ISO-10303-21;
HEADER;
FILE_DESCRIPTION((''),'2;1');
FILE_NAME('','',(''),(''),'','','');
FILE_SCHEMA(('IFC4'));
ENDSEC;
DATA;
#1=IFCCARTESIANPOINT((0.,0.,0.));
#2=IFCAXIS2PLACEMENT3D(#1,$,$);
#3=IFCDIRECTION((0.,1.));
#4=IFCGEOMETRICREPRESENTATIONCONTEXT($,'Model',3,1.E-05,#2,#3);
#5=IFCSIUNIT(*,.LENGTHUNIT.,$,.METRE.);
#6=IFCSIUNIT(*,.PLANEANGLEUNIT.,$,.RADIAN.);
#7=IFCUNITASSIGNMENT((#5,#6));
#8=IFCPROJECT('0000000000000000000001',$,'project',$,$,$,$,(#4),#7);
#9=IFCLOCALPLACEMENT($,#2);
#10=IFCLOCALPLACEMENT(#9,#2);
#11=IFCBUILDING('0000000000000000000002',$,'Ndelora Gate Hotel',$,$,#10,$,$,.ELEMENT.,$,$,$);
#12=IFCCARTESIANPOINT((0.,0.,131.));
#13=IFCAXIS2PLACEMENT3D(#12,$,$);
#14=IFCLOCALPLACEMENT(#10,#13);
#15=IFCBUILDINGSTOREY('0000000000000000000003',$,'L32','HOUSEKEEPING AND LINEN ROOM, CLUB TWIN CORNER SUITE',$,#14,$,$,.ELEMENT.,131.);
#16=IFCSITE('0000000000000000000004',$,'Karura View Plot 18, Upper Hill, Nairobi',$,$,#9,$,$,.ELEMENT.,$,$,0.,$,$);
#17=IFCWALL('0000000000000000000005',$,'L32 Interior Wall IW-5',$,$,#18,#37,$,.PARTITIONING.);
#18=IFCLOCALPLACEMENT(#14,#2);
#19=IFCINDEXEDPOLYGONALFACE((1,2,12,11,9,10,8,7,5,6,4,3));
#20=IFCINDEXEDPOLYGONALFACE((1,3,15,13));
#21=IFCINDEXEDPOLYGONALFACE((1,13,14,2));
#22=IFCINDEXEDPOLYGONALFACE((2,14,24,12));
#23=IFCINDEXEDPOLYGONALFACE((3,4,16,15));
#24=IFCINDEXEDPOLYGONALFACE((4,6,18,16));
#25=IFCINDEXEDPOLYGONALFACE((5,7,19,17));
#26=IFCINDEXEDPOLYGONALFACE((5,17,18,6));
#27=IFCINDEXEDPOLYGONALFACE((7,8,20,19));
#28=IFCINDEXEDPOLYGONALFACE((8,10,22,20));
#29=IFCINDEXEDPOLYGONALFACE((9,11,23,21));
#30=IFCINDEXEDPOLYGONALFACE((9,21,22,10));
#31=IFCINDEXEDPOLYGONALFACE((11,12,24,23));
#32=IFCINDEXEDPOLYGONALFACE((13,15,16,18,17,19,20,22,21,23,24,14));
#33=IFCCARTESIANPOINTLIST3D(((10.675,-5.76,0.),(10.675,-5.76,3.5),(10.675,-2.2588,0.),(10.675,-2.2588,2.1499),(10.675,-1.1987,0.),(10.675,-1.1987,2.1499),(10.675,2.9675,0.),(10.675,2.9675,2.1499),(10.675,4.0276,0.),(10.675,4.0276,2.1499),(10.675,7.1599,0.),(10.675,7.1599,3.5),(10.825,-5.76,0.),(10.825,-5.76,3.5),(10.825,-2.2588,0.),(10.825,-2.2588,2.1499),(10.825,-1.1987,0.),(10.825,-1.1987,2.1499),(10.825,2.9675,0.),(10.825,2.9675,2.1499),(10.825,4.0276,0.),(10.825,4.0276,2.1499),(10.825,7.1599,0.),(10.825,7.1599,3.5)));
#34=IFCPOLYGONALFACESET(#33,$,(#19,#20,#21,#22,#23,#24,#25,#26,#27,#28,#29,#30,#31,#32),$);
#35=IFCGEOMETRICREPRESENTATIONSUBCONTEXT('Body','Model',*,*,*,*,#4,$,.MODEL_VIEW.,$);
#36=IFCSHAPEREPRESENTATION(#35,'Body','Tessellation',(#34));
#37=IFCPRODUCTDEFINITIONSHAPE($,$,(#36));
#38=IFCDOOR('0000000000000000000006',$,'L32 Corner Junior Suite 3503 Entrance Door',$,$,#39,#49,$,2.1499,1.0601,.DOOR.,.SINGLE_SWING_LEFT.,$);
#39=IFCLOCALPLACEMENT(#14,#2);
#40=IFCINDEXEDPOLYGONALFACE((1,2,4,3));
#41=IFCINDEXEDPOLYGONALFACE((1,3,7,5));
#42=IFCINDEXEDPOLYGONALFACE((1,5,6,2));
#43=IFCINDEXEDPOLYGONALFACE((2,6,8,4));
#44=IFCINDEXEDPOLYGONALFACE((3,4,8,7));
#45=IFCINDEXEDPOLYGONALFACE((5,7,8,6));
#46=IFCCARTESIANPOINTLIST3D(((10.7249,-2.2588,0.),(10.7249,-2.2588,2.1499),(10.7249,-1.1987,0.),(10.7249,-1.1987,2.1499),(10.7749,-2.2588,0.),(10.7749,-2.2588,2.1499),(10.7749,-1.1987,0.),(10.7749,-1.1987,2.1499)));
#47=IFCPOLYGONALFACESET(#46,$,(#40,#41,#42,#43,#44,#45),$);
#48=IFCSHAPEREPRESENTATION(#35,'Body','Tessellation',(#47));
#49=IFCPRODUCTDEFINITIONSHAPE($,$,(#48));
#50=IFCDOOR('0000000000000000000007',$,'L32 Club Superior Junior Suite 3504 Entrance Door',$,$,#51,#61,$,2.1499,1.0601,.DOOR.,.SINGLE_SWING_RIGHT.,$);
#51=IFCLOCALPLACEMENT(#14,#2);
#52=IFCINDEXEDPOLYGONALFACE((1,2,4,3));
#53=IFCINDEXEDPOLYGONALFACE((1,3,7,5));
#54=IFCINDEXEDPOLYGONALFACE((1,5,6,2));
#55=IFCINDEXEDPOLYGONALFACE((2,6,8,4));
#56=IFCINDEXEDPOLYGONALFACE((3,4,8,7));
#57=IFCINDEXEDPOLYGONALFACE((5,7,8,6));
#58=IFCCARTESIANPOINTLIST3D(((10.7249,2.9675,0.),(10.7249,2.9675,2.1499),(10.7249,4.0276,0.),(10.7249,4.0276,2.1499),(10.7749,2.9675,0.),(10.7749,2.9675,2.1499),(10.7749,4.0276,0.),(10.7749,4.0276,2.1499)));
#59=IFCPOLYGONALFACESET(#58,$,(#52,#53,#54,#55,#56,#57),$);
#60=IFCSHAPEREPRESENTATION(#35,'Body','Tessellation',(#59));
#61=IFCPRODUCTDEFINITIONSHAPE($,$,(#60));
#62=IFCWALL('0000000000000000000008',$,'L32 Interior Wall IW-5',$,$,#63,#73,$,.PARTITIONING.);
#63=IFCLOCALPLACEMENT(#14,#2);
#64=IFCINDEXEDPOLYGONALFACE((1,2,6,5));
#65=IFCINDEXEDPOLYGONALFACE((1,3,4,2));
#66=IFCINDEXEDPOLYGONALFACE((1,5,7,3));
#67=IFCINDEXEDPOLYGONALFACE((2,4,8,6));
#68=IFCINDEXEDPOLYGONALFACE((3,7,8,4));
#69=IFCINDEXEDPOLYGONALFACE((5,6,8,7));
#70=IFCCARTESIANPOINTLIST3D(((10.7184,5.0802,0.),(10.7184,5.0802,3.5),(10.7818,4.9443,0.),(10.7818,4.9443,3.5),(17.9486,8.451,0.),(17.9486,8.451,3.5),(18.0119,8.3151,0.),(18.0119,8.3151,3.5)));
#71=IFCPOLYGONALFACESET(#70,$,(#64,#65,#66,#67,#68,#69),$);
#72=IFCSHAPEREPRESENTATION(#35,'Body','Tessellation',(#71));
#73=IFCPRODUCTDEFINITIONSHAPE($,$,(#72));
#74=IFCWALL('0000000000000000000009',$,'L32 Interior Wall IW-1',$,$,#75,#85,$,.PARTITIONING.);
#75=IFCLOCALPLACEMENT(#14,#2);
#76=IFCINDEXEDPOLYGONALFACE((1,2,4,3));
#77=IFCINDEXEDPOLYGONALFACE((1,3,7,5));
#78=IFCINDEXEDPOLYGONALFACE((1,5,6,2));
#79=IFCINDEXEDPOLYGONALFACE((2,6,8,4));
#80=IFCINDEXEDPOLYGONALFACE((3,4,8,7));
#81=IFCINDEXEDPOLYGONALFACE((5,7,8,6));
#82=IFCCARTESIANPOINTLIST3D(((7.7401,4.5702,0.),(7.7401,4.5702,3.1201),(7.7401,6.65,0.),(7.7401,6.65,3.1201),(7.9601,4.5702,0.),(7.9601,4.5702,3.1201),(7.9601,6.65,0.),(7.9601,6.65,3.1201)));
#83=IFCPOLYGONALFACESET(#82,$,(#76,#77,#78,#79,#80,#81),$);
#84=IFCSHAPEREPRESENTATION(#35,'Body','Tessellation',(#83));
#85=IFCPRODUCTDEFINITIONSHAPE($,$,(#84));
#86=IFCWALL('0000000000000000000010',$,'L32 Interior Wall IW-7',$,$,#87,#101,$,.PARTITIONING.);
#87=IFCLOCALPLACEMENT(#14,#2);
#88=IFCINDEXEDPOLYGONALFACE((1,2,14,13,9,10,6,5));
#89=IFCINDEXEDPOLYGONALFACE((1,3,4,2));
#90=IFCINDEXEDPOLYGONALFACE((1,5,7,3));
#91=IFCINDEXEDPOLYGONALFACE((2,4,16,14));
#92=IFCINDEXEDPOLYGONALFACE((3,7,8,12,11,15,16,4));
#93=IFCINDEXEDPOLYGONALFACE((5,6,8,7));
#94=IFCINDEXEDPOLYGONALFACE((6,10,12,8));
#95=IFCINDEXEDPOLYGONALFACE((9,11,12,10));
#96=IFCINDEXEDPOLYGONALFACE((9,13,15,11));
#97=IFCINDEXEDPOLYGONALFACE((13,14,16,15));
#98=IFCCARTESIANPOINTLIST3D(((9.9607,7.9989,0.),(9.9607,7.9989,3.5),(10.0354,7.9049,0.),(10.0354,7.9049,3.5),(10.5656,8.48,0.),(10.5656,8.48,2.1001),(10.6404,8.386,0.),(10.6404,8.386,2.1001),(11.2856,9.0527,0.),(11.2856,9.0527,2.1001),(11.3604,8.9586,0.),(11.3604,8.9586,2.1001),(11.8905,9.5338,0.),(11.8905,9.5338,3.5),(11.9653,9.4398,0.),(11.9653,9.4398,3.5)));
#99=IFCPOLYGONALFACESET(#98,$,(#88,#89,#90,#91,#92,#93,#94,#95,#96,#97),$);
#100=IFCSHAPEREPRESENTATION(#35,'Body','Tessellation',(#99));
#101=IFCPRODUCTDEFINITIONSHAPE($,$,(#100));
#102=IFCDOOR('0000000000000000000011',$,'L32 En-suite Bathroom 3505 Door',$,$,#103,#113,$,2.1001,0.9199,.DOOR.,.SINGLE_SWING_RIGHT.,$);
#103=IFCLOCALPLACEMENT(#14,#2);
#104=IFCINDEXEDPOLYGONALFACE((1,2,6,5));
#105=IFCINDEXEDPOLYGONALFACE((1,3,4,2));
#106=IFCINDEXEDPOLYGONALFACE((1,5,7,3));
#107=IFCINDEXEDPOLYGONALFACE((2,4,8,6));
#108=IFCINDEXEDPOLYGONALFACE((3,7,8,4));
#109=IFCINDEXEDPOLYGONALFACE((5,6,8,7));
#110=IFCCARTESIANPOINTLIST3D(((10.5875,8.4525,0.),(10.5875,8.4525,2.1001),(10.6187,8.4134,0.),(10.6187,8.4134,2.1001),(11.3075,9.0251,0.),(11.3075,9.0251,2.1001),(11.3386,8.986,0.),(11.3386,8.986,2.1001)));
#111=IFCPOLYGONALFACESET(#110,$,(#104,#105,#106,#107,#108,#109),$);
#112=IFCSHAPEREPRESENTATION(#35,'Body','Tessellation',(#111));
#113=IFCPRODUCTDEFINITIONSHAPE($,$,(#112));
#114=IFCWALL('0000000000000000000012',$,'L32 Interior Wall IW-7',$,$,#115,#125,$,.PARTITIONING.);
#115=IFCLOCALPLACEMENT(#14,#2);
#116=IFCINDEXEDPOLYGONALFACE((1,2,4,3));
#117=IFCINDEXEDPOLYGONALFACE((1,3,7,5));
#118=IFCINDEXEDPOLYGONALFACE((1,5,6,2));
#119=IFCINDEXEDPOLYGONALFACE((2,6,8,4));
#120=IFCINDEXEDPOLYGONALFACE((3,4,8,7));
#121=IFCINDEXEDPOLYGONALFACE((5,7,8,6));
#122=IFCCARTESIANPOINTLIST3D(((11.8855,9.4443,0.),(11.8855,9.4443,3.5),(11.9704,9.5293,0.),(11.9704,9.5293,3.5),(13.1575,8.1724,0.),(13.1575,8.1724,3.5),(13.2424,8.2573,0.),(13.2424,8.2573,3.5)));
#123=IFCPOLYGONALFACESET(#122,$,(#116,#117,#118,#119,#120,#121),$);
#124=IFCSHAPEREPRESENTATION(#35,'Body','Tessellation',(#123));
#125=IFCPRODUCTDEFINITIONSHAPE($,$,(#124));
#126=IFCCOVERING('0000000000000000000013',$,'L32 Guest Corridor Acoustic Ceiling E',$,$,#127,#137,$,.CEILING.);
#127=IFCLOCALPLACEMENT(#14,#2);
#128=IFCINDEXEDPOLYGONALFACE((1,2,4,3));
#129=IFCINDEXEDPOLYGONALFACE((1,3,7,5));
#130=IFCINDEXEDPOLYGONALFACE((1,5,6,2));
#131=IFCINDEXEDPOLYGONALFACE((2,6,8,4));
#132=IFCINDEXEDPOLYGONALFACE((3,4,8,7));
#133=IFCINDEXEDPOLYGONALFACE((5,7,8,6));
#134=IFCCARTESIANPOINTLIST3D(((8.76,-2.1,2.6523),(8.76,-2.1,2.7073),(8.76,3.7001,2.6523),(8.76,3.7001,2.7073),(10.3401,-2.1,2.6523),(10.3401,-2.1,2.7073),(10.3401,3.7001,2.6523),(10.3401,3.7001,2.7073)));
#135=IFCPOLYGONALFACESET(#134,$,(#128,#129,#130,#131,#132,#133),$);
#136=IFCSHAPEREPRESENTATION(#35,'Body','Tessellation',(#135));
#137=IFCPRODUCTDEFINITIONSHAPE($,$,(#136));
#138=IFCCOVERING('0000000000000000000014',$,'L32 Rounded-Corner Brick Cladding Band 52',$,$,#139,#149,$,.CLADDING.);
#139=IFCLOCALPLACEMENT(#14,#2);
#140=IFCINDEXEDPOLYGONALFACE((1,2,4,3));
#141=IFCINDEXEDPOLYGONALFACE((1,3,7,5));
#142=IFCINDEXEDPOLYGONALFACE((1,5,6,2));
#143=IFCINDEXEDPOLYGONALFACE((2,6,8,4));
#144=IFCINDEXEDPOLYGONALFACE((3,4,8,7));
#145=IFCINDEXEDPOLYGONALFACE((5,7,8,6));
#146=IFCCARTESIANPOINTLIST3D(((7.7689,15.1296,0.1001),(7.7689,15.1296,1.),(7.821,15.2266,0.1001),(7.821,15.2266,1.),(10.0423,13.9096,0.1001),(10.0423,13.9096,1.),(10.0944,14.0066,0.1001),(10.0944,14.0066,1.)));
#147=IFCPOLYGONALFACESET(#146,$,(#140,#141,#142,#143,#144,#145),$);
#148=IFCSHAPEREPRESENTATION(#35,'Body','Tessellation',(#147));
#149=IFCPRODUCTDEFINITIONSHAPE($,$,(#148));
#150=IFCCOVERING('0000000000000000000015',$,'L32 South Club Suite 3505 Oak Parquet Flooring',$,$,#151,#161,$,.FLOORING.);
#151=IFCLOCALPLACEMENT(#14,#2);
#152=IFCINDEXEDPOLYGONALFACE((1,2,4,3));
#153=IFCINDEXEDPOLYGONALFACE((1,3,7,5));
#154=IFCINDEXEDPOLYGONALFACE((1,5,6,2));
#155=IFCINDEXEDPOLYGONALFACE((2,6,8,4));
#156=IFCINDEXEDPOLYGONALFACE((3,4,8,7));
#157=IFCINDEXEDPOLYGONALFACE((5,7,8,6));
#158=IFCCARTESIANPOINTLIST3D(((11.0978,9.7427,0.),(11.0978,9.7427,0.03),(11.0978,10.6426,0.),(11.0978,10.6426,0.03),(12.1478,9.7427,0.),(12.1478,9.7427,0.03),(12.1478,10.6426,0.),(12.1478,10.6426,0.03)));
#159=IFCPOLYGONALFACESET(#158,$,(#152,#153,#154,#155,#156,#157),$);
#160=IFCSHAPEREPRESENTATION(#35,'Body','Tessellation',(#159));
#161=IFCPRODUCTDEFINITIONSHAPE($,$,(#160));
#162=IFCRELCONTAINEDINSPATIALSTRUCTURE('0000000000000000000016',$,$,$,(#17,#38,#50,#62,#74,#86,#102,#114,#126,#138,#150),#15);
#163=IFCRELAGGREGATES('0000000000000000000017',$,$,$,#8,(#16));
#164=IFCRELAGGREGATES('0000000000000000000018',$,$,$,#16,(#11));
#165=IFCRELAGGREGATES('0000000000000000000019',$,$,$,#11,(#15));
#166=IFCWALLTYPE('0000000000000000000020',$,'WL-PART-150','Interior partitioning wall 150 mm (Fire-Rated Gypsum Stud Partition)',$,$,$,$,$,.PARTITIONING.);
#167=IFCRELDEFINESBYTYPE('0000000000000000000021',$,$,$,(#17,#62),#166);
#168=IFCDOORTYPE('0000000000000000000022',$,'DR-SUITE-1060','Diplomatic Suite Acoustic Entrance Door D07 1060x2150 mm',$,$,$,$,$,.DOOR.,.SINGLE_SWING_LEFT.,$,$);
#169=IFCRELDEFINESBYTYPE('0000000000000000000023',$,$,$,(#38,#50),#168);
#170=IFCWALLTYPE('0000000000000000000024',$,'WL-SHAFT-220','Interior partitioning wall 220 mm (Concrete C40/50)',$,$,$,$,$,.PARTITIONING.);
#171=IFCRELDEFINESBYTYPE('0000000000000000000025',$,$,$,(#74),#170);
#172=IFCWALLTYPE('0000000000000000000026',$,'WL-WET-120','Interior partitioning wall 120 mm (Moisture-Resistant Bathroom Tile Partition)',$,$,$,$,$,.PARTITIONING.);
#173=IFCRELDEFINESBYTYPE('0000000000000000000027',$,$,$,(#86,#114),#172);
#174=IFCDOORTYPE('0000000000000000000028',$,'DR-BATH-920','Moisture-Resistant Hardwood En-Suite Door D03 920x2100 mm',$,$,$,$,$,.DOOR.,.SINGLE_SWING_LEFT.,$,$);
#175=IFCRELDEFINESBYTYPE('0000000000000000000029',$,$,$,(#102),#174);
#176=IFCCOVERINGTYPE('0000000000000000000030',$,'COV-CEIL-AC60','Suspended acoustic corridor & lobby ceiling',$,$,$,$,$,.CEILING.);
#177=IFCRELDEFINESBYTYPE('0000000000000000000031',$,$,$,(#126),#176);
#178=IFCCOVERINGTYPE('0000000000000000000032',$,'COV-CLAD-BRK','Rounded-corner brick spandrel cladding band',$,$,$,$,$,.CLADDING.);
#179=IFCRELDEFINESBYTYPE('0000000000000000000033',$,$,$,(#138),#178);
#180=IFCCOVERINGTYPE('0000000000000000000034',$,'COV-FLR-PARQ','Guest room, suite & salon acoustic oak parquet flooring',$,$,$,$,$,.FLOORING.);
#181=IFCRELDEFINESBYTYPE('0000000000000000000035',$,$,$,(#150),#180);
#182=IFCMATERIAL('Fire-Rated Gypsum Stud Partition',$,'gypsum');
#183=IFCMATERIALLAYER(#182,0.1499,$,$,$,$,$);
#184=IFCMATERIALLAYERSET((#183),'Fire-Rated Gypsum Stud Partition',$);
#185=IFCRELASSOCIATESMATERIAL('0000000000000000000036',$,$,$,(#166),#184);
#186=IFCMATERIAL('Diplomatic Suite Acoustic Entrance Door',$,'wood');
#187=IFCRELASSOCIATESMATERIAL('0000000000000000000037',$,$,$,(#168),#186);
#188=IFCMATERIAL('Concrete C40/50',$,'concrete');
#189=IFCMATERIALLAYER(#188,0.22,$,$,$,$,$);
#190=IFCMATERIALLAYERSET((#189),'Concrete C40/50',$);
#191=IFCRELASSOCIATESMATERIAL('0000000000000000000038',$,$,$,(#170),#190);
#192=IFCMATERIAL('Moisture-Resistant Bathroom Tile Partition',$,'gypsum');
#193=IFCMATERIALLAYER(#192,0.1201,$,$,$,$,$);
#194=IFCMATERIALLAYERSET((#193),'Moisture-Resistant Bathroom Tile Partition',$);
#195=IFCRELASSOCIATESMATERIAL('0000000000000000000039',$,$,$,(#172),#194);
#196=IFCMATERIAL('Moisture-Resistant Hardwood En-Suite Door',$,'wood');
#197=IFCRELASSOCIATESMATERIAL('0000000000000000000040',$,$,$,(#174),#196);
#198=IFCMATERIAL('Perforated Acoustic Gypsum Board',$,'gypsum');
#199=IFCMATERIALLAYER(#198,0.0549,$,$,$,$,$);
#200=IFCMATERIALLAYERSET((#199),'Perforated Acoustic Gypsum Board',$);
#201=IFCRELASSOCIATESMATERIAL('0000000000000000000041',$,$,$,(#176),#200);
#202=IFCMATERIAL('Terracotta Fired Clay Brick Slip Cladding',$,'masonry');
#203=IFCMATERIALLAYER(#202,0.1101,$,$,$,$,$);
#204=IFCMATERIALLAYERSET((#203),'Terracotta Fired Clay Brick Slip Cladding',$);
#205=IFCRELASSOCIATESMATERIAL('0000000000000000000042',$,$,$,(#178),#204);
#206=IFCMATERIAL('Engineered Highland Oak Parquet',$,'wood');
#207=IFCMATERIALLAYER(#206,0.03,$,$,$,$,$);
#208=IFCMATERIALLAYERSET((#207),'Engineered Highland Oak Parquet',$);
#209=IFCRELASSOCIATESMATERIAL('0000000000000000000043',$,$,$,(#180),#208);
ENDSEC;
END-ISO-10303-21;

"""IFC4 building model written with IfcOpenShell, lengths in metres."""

from ifc_helpers import new_model, si_unit, direction, frame, frame_2d, origin, origin_2d, place, context, subcontext, project, spatial, rectangle, extrude, material, layer, layer_set, type_object, element, fill, save


model = new_model("IFC4")

# Units and contexts
model_context = context("Model", 3, precision=1e-05, world=origin(), true_north=direction((0.0, 1.0)))
body_context = subcontext(model_context, "Body", "Model", "MODEL_VIEW")
ifc_project = project(units=[si_unit("LENGTHUNIT", "METRE"), si_unit("PLANEANGLEUNIT", "RADIAN")], contexts=[model_context])

# Site, building, storey
site_placement = place(None, origin())
site = spatial("IfcSite", under=ifc_project, at=site_placement, Name="Karura View Plot 18, Upper Hill, Nairobi", CompositionType="ELEMENT", RefElevation=0.0)
building_placement = place(site_placement, origin())
building = spatial("IfcBuilding", under=site, at=building_placement, Name="Ndelora Gate Hotel", CompositionType="ELEMENT")
storey_placement = place(building_placement, frame((0.0, 0.0, 131.0)))
storey = spatial("IfcBuildingStorey", under=building, at=storey_placement, Name="L32", Description="HOUSEKEEPING AND LINEN ROOM, CLUB TWIN CORNER SUITE", CompositionType="ELEMENT", Elevation=131.0)

# Shared definitions
ifc_material_1 = material(Name="Concrete C40/50", Category="concrete")

# Wall, openings, doors
ifc_material_2 = material(Name="Fire-Rated Gypsum Stud Partition", Category="gypsum")
ifc_layer_1 = layer(ifc_material_2, 0.1499)
ifc_layer_set_1 = layer_set([ifc_layer_1], Name="Fire-Rated Gypsum Stud Partition")
wall_type_1 = type_object("IfcWallType", Name="WL-PART-150", Description="Interior partitioning wall 150 mm (Fire-Rated Gypsum Stud Partition)", PredefinedType="PARTITIONING", material=ifc_layer_set_1)
wall_1_placement = place(storey_placement, frame((10.75, 7.1599, 0.0), z_axis=(0.0, 0.0, 1.0), x_axis=(0.0, -1.0, 0.0)))
wall_1 = element("IfcWall", 1, at=wall_1_placement, inside=storey, type_object=wall_type_1, Name="L32 Interior Wall IW-5", PredefinedType="PARTITIONING", context=body_context, shape_type="SweptSolid", body=[
    extrude(rectangle(XDim=12.9199, YDim=0.1499, at=frame_2d((6.46, 0.0))), origin(), (0.0, 0.0, 1.0), 3.5),
])
opening_1_placement = place(wall_1_placement, frame((8.3586, 0.0, 0.0)))
opening_1 = element("IfcOpeningElement", 2, at=opening_1_placement, cuts=wall_1, PredefinedType="OPENING", context=body_context, shape_type="SweptSolid", body=[
    extrude(rectangle(XDim=1.0601, YDim=2.1499, at=frame_2d((0.53, 1.075))), frame((0.0, 0.085, 0.0), z_axis=(0.0, -1.0, 0.0), x_axis=(1.0, 0.0, 0.0)), (0.0, 0.0, 1.0), 0.1699),
])
opening_2_placement = place(wall_1_placement, frame((3.1323, 0.0, 0.0)))
opening_2 = element("IfcOpeningElement", 3, at=opening_2_placement, cuts=wall_1, PredefinedType="OPENING", context=body_context, shape_type="SweptSolid", body=[
    extrude(rectangle(XDim=1.0601, YDim=2.1499, at=frame_2d((0.53, 1.075))), frame((0.0, 0.085, 0.0), z_axis=(0.0, -1.0, 0.0), x_axis=(1.0, 0.0, 0.0)), (0.0, 0.0, 1.0), 0.1699),
])
ifc_material_3 = material(Name="Diplomatic Suite Acoustic Entrance Door", Category="wood")
door_type_1 = type_object("IfcDoorType", Name="DR-SUITE-1060", Description="Diplomatic Suite Acoustic Entrance Door D07 1060x2150 mm", OperationType="SINGLE_SWING_LEFT", PredefinedType="DOOR", material=ifc_material_3)
door_1_placement = place(opening_1_placement, origin())
door_1 = element("IfcDoor", 4, at=door_1_placement, inside=storey, type_object=door_type_1, Name="L32 Corner Junior Suite 3503 Entrance Door", OperationType="SINGLE_SWING_LEFT", OverallHeight=2.1499, OverallWidth=1.0601, PredefinedType="DOOR", context=body_context, shape_type="SweptSolid", body=[
    extrude(rectangle(XDim=1.0601, YDim=2.1499, at=frame_2d((0.53, 1.075))), frame((0.0, 0.0249, 0.0), z_axis=(0.0, -1.0, 0.0), x_axis=(1.0, 0.0, 0.0)), (0.0, 0.0, 1.0), 0.05),
])
fill(opening_1, door_1)
door_2_placement = place(opening_2_placement, origin())
door_2 = element("IfcDoor", 5, at=door_2_placement, inside=storey, type_object=door_type_1, Name="L32 Club Superior Junior Suite 3504 Entrance Door", OperationType="SINGLE_SWING_RIGHT", OverallHeight=2.1499, OverallWidth=1.0601, PredefinedType="DOOR", context=body_context, shape_type="SweptSolid", body=[
    extrude(rectangle(XDim=1.0601, YDim=2.1499, at=frame_2d((0.53, 1.075))), frame((0.0, 0.0249, 0.0), z_axis=(0.0, -1.0, 0.0), x_axis=(1.0, 0.0, 0.0)), (0.0, 0.0, 1.0), 0.05),
])
fill(opening_2, door_2)

# Walls
wall_2_placement = place(storey_placement, frame((10.75, 5.0122, 0.0), z_axis=(0.0, 0.0, 1.0), x_axis=(0.906339, 0.42255, 0.0)))
element("IfcWall", 6, at=wall_2_placement, inside=storey, type_object=wall_type_1, Name="L32 Interior Wall IW-5", PredefinedType="PARTITIONING", context=body_context, shape_type="SweptSolid", body=[
    extrude(rectangle(XDim=7.9773, YDim=0.1499, at=frame_2d((3.9888, 0.0))), origin(), (0.0, 0.0, 1.0), 3.5),
])
ifc_layer_2 = layer(ifc_material_1, 0.22)
ifc_layer_set_2 = layer_set([ifc_layer_2], Name="Concrete C40/50")
wall_type_2 = type_object("IfcWallType", Name="WL-SHAFT-220", Description="Interior partitioning wall 220 mm (Concrete C40/50)", PredefinedType="PARTITIONING", material=ifc_layer_set_2)
wall_3_placement = place(storey_placement, frame((7.8501, 4.5701, 0.0), z_axis=(0.0, 0.0, 1.0), x_axis=(0.0, 1.0, 0.0)))
element("IfcWall", 7, at=wall_3_placement, inside=storey, type_object=wall_type_2, Name="L32 Interior Wall IW-1", PredefinedType="PARTITIONING", context=body_context, shape_type="SweptSolid", body=[
    extrude(rectangle(XDim=2.0798, YDim=0.22, at=frame_2d((1.04, 0.0))), origin(), (0.0, 0.0, 1.0), 3.1201),
])

# Wall, opening, door
ifc_material_4 = material(Name="Moisture-Resistant Bathroom Tile Partition", Category="gypsum")
ifc_layer_3 = layer(ifc_material_4, 0.1201)
ifc_layer_set_3 = layer_set([ifc_layer_3], Name="Moisture-Resistant Bathroom Tile Partition")
wall_type_3 = type_object("IfcWallType", Name="WL-WET-120", Description="Interior partitioning wall 120 mm (Moisture-Resistant Bathroom Tile Partition)", PredefinedType="PARTITIONING", material=ifc_layer_set_3)
wall_4_placement = place(storey_placement, frame((9.998, 7.9519, 0.0), z_axis=(0.0, 0.0, 1.0), x_axis=(0.782653, 0.622459, 0.0)))
wall_4 = element("IfcWall", 8, at=wall_4_placement, inside=storey, type_object=wall_type_3, Name="L32 Interior Wall IW-7", PredefinedType="PARTITIONING", context=body_context, shape_type="SweptSolid", body=[
    extrude(rectangle(XDim=2.4658, YDim=0.1201, at=frame_2d((1.2329, 0.0))), origin(), (0.0, 0.0, 1.0), 3.5),
])
opening_3_placement = place(wall_4_placement, frame((0.7729, 0.0, 0.0)))
opening_3 = element("IfcOpeningElement", 9, at=opening_3_placement, cuts=wall_4, PredefinedType="OPENING", context=body_context, shape_type="SweptSolid", body=[
    extrude(rectangle(XDim=0.9199, YDim=2.1001, at=frame_2d((0.46, 1.05))), frame((0.0, 0.0701, 0.0), z_axis=(0.0, -1.0, 0.0), x_axis=(1.0, 0.0, 0.0)), (0.0, 0.0, 1.0), 0.1401),
])
ifc_material_5 = material(Name="Moisture-Resistant Hardwood En-Suite Door", Category="wood")
door_type_2 = type_object("IfcDoorType", Name="DR-BATH-920", Description="Moisture-Resistant Hardwood En-Suite Door D03 920x2100 mm", OperationType="SINGLE_SWING_LEFT", PredefinedType="DOOR", material=ifc_material_5)
door_3_placement = place(opening_3_placement, origin())
door_3 = element("IfcDoor", 10, at=door_3_placement, inside=storey, type_object=door_type_2, Name="L32 En-suite Bathroom 3505 Door", OperationType="SINGLE_SWING_RIGHT", OverallHeight=2.1001, OverallWidth=0.9199, PredefinedType="DOOR", context=body_context, shape_type="SweptSolid", body=[
    extrude(rectangle(XDim=0.9199, YDim=2.1001, at=frame_2d((0.46, 1.05))), frame((0.0, 0.0249, 0.0), z_axis=(0.0, -1.0, 0.0), x_axis=(1.0, 0.0, 0.0)), (0.0, 0.0, 1.0), 0.05),
])
fill(opening_3, door_3)

# Wall
wall_5_placement = place(storey_placement, frame((11.928, 9.4868, 0.0), z_axis=(0.0, 0.0, 1.0), x_axis=(0.707107, -0.707107, 0.0)))
element("IfcWall", 11, at=wall_5_placement, inside=storey, type_object=wall_type_3, Name="L32 Interior Wall IW-7", PredefinedType="PARTITIONING", context=body_context, shape_type="SweptSolid", body=[
    extrude(rectangle(XDim=1.7988, YDim=0.1201, at=frame_2d((0.8994, 0.0))), origin(), (0.0, 0.0, 1.0), 3.5),
])

# Coverings
ifc_material_6 = material(Name="Perforated Acoustic Gypsum Board", Category="gypsum")
ifc_layer_4 = layer(ifc_material_6, 0.0549)
ifc_layer_set_4 = layer_set([ifc_layer_4], Name="Perforated Acoustic Gypsum Board")
covering_type_1 = type_object("IfcCoveringType", Name="COV-CEIL-AC60", Description="Suspended acoustic corridor & lobby ceiling", PredefinedType="CEILING", material=ifc_layer_set_4)
covering_1_placement = place(storey_placement, frame((9.55, 0.8, 2.6523), z_axis=(0.0, 0.0, 1.0), x_axis=(1.0, 0.0, 0.0)))
element("IfcCovering", 12, at=covering_1_placement, inside=storey, type_object=covering_type_1, Name="L32 Guest Corridor Acoustic Ceiling E", PredefinedType="CEILING", context=body_context, shape_type="SweptSolid", body=[
    extrude(rectangle(XDim=1.5801, YDim=5.8, at=origin_2d()), origin(), (0.0, 0.0, 1.0), 0.0549),
])
ifc_material_7 = material(Name="Terracotta Fired Clay Brick Slip Cladding", Category="masonry")
ifc_layer_5 = layer(ifc_material_7, 0.1101)
ifc_layer_set_5 = layer_set([ifc_layer_5], Name="Terracotta Fired Clay Brick Slip Cladding")
covering_type_2 = type_object("IfcCoveringType", Name="COV-CLAD-BRK", Description="Rounded-corner brick spandrel cladding band", PredefinedType="CLADDING", material=ifc_layer_set_5)
covering_2_placement = place(storey_placement, frame((8.9316, 14.5681, 0.1001), z_axis=(0.0, 0.0, 1.0), x_axis=(-0.881138, 0.472858, 0.0)))
element("IfcCovering", 13, at=covering_2_placement, inside=storey, type_object=covering_type_2, Name="L32 Rounded-Corner Brick Cladding Band 52", PredefinedType="CLADDING", context=body_context, shape_type="SweptSolid", body=[
    extrude(rectangle(XDim=2.5801, YDim=0.1101, at=origin_2d()), origin(), (0.0, 0.0, 1.0), 0.8999),
])
ifc_material_8 = material(Name="Engineered Highland Oak Parquet", Category="wood")
ifc_layer_6 = layer(ifc_material_8, 0.03)
ifc_layer_set_6 = layer_set([ifc_layer_6], Name="Engineered Highland Oak Parquet")
covering_type_3 = type_object("IfcCoveringType", Name="COV-FLR-PARQ", Description="Guest room, suite & salon acoustic oak parquet flooring", PredefinedType="FLOORING", material=ifc_layer_set_6)
covering_3_placement = place(storey_placement, frame((11.6228, 10.1926, 0.0), z_axis=(0.0, 0.0, 1.0), x_axis=(1.0, 0.0, 0.0)))
element("IfcCovering", 14, at=covering_3_placement, inside=storey, type_object=covering_type_3, Name="L32 South Club Suite 3505 Oak Parquet Flooring", PredefinedType="FLOORING", context=body_context, shape_type="SweptSolid", body=[
    extrude(rectangle(XDim=1.05, YDim=0.8999, at=origin_2d()), origin(), (0.0, 0.0, 1.0), 0.03),
])

save(model, "model.ifc")
